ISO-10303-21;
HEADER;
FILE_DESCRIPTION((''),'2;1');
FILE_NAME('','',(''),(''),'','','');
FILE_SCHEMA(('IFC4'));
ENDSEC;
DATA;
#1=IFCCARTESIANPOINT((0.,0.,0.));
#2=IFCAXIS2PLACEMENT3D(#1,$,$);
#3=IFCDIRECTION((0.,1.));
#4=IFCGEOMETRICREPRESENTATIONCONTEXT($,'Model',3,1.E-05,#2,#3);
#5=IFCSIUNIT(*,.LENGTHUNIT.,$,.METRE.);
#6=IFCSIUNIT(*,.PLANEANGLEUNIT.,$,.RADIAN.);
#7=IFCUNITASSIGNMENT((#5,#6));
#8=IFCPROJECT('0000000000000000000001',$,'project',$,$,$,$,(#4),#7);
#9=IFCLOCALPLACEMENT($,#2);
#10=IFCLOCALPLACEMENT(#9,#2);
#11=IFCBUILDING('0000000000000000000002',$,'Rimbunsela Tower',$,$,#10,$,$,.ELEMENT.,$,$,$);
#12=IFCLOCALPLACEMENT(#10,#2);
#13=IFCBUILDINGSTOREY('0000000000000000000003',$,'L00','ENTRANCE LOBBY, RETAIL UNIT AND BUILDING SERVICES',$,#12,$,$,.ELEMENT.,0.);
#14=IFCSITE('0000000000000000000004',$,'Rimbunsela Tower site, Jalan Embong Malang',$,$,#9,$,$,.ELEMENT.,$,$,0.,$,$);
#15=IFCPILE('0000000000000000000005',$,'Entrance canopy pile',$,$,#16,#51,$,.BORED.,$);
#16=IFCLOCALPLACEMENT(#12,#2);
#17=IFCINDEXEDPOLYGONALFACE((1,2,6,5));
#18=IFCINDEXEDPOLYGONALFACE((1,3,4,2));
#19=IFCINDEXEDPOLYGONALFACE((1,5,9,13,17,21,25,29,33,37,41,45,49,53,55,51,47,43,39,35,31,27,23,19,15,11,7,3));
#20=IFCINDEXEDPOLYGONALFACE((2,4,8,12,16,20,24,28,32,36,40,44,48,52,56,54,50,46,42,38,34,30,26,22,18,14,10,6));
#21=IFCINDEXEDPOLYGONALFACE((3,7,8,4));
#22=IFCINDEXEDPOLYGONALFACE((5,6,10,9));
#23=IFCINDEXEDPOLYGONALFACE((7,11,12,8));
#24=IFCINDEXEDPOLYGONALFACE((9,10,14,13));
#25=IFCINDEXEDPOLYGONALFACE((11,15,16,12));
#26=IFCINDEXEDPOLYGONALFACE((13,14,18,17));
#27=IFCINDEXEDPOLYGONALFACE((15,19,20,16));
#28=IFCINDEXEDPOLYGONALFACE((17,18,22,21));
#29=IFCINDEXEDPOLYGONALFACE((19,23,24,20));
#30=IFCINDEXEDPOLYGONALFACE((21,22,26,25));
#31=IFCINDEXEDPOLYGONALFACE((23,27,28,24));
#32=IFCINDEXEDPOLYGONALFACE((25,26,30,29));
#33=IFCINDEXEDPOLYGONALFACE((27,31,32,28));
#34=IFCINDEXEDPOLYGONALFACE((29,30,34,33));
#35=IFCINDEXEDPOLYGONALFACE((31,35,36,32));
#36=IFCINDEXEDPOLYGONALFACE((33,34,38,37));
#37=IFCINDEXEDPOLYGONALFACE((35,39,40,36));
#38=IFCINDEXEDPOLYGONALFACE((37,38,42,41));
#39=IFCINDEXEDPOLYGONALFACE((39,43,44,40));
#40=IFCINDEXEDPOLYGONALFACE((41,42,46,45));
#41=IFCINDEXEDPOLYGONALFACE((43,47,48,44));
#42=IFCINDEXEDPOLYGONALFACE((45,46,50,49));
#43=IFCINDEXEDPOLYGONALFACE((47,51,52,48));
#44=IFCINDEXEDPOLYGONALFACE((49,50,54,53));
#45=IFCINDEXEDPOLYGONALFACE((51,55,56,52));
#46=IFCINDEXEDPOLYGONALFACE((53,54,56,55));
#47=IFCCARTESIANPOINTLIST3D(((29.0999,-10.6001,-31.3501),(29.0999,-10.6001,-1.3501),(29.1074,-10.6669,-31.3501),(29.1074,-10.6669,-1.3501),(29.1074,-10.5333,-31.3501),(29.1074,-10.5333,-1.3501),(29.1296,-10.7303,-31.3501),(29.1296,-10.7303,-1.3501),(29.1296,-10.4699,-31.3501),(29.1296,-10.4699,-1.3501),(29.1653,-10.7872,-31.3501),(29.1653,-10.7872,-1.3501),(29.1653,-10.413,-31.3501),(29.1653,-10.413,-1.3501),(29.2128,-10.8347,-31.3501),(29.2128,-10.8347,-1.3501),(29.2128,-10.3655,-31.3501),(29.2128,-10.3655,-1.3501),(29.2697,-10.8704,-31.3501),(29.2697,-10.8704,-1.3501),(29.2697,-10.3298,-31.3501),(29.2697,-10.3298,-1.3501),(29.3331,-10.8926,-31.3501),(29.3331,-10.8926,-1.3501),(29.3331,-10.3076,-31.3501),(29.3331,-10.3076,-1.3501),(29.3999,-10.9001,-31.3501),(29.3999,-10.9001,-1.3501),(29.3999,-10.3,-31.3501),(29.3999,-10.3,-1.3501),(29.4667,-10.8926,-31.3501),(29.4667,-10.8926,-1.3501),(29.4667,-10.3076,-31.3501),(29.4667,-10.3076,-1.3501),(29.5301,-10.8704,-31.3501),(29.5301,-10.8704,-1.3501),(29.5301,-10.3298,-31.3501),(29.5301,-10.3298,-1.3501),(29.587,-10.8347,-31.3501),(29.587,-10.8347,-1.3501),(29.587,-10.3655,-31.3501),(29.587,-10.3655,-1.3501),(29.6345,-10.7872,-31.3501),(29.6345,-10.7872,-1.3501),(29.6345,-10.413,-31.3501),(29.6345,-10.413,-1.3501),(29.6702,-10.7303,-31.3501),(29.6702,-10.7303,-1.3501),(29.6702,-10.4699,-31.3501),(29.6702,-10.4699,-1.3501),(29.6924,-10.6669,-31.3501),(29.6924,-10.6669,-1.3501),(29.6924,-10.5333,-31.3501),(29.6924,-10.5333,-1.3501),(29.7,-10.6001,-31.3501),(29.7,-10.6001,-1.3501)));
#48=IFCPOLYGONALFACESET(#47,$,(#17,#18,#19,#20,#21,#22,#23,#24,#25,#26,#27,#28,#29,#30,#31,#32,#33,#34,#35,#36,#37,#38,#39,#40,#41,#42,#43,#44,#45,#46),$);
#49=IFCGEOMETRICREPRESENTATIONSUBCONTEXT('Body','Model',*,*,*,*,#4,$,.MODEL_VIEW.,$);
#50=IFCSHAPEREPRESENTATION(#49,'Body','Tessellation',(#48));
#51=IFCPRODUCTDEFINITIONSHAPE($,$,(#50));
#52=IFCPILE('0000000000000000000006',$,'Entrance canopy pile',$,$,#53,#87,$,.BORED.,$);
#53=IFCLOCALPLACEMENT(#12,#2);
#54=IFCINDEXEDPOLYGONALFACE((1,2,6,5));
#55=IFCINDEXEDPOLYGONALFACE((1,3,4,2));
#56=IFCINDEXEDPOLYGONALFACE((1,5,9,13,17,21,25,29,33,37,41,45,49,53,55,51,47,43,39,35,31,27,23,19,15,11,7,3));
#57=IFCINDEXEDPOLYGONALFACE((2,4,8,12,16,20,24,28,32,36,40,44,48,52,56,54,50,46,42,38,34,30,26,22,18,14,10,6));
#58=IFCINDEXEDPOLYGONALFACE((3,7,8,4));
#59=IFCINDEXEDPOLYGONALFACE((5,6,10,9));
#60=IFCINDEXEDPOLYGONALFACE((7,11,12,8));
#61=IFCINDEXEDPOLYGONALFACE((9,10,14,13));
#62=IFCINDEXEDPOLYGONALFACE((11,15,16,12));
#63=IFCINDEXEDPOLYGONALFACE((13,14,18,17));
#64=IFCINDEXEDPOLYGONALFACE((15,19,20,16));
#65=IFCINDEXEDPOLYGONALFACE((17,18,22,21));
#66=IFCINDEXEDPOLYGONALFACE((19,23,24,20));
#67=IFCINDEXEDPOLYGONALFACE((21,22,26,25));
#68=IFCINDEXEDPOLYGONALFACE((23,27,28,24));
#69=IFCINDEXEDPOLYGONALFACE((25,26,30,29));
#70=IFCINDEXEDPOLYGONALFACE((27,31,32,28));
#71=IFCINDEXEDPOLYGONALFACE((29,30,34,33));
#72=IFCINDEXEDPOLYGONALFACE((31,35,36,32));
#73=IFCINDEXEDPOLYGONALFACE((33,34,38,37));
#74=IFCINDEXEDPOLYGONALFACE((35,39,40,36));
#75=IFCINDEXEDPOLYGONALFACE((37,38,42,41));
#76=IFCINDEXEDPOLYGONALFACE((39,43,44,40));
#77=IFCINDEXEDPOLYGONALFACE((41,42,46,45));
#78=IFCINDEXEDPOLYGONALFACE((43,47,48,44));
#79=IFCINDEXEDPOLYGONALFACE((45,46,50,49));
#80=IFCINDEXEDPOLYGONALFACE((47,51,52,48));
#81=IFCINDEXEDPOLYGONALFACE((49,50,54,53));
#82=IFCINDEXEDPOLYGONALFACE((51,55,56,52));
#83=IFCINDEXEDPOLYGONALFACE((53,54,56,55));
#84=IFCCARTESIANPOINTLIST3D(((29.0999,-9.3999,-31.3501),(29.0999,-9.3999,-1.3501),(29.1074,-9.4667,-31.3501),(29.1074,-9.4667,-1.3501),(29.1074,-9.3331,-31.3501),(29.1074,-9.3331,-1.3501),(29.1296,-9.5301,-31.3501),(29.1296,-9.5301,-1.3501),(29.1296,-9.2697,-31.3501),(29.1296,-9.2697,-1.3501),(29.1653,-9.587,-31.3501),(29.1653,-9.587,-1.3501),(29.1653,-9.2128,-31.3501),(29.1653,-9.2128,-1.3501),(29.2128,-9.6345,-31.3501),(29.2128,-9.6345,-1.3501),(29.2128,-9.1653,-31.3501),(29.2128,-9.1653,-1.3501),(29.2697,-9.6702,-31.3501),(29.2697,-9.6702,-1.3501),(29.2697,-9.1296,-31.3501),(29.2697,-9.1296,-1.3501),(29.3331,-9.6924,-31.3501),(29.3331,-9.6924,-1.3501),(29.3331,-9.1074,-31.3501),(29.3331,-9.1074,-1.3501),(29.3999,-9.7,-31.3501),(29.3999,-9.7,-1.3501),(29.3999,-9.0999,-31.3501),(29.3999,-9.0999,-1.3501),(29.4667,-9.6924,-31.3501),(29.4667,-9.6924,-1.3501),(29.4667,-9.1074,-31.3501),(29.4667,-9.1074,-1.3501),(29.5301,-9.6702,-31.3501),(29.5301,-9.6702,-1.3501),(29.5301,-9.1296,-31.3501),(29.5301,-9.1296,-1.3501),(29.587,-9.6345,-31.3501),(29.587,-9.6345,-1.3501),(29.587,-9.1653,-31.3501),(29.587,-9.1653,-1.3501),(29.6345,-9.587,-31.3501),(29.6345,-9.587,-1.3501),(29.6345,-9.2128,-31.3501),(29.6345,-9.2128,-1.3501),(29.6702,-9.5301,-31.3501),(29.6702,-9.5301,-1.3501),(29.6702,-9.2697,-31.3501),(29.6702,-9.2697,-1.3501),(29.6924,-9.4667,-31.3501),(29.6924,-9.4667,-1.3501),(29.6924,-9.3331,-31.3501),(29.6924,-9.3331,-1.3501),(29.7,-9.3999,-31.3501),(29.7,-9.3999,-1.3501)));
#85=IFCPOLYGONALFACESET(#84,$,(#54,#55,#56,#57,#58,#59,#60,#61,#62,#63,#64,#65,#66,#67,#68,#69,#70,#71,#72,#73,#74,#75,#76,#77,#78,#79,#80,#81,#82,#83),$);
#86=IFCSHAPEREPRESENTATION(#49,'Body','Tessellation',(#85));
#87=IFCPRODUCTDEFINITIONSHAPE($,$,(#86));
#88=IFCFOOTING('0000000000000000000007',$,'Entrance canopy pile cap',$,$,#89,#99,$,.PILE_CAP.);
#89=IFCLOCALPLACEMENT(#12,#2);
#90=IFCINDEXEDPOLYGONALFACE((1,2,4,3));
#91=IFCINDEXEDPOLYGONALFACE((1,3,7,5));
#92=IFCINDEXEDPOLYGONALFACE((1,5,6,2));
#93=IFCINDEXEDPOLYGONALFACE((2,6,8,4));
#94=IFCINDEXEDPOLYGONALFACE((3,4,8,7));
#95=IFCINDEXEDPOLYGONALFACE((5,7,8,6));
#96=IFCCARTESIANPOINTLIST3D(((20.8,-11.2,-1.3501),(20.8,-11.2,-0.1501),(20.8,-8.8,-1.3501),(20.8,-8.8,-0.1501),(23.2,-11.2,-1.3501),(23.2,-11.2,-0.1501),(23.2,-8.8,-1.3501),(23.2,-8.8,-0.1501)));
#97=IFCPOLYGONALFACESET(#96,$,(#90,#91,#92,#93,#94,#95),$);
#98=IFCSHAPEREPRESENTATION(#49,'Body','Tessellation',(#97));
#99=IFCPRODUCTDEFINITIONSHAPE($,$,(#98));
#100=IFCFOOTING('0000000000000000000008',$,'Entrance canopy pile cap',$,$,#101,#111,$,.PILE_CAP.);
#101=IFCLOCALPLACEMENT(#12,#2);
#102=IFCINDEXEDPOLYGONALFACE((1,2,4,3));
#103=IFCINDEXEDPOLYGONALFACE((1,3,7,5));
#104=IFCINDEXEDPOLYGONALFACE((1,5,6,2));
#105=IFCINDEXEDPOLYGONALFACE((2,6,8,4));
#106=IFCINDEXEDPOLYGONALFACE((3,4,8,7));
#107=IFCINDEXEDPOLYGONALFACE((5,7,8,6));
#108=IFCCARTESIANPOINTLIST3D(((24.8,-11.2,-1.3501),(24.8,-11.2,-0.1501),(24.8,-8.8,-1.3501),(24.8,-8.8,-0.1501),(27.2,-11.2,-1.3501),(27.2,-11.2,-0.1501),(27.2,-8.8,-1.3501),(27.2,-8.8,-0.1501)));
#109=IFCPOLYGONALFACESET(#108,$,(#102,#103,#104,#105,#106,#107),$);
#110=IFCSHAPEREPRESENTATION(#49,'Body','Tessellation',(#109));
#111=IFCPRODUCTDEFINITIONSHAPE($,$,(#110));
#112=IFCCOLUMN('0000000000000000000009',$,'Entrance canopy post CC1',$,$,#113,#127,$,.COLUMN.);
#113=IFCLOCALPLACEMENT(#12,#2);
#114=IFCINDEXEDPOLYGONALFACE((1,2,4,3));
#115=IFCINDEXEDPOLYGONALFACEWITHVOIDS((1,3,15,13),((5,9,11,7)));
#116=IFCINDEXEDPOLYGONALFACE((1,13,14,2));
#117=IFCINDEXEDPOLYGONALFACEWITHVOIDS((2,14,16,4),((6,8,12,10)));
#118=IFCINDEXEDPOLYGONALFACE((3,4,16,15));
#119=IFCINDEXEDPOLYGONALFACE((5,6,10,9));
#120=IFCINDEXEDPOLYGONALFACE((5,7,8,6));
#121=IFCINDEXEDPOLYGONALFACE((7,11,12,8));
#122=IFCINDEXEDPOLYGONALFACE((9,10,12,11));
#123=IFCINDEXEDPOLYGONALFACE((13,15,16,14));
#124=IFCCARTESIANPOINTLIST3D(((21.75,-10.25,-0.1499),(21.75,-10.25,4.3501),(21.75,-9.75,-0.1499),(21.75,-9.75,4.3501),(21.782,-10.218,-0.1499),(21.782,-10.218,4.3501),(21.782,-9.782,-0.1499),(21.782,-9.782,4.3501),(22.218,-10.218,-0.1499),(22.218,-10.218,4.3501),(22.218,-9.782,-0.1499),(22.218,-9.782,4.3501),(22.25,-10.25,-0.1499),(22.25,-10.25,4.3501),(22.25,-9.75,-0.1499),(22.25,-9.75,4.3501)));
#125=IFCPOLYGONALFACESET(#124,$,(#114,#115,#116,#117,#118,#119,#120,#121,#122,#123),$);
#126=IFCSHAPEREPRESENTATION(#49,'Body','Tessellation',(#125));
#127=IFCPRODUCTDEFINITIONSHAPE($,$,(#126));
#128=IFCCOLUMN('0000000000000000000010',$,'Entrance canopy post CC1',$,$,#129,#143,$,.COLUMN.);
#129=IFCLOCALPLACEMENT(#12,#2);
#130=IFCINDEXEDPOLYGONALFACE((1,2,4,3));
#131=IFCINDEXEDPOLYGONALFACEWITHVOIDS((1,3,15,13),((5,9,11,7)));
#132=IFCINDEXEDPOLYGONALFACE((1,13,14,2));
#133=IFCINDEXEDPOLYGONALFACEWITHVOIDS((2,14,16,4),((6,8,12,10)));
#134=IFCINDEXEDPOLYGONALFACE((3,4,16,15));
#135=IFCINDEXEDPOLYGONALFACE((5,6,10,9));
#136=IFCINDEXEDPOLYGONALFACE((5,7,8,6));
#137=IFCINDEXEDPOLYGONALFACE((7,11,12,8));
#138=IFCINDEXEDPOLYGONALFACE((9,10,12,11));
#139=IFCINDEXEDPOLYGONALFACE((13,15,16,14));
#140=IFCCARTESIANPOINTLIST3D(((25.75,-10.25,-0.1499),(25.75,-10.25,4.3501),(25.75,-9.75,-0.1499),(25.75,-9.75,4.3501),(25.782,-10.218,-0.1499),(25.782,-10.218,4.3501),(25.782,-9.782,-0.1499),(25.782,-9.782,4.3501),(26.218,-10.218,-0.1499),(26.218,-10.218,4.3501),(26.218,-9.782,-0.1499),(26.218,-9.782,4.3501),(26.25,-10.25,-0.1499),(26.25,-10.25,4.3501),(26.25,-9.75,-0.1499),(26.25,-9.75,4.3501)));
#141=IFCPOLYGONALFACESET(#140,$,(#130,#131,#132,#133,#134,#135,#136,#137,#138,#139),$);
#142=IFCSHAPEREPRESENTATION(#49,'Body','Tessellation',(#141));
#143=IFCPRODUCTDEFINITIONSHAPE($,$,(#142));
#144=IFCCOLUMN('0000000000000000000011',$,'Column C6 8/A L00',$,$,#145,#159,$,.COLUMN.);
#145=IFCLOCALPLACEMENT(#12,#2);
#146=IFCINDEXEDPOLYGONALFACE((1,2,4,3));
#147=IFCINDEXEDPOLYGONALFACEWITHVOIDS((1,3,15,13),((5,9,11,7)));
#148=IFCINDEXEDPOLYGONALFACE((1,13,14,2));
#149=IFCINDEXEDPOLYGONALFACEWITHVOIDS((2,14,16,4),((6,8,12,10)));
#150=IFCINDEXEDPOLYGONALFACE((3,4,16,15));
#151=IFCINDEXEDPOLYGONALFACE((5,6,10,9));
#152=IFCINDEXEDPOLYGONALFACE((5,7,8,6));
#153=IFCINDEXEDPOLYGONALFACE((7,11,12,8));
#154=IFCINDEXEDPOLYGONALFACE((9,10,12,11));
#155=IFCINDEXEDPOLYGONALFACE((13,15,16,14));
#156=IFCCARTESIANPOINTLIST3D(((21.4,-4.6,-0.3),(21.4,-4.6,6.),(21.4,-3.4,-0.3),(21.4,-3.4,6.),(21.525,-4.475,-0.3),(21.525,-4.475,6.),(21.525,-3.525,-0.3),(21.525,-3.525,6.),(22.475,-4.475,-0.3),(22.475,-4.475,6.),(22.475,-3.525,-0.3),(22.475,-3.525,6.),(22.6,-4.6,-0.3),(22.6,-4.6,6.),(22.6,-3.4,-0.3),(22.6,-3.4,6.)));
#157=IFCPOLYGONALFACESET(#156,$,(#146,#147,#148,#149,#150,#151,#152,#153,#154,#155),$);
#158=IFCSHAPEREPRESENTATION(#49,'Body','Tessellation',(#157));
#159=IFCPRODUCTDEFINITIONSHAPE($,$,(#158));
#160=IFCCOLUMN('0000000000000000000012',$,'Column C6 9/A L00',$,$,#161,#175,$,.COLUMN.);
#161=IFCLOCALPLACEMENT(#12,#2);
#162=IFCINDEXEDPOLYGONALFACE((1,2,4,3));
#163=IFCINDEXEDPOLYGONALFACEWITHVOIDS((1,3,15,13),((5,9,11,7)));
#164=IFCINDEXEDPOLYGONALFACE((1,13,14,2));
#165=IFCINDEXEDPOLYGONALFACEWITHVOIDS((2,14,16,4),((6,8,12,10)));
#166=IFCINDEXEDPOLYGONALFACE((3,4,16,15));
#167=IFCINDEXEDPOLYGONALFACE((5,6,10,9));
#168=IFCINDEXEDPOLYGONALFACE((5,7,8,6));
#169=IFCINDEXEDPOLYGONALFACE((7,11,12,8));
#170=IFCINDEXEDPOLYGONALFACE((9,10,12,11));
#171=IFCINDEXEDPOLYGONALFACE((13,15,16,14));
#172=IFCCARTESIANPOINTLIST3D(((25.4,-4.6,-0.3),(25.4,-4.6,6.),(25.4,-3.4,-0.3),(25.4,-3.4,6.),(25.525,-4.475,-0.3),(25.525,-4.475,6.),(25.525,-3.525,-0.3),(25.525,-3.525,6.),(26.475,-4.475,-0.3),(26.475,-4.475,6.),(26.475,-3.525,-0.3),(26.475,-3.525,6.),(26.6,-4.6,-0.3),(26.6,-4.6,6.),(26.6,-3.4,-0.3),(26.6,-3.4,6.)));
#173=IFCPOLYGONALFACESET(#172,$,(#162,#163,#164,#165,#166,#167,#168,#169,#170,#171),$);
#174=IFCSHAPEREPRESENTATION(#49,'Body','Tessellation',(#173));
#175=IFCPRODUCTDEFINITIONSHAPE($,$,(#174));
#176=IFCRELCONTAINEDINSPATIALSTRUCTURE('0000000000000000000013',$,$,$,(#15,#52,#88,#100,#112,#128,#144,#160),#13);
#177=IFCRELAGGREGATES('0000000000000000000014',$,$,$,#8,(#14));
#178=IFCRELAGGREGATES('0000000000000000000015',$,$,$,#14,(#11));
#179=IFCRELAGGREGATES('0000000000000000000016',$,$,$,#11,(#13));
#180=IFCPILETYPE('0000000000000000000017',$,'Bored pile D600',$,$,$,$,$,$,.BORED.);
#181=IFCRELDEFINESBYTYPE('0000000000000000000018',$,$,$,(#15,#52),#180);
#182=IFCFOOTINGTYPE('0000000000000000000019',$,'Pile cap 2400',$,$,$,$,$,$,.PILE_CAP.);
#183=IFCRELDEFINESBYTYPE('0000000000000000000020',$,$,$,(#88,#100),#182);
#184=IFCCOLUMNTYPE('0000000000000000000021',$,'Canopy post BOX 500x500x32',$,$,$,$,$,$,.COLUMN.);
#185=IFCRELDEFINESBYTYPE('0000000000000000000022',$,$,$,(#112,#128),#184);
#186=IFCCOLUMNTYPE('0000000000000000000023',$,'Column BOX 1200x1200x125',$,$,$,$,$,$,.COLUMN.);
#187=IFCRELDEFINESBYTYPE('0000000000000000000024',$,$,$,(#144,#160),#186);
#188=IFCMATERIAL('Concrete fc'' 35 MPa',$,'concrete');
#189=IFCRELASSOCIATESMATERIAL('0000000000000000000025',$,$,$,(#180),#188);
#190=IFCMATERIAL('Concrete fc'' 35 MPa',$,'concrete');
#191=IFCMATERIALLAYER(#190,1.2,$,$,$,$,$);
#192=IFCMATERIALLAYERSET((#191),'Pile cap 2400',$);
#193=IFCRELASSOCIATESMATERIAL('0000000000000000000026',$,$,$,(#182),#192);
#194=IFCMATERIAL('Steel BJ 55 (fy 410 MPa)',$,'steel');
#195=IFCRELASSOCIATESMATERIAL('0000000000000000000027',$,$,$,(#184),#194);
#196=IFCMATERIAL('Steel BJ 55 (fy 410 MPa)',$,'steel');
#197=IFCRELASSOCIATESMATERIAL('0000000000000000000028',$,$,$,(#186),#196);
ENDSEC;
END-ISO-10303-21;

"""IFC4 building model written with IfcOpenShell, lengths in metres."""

from ifc_helpers import new_model, si_unit, direction, frame, origin, origin_2d, place, context, subcontext, project, spatial, rectangle, hollow_rectangle, circle, extrude, material, layer, layer_set, material_profile, profile_set, type_object, element, save


model = new_model("IFC4")

# Units and contexts
model_context = context("Model", 3, precision=1e-05, world=origin(), true_north=direction((0.0, 1.0)))
body_context = subcontext(model_context, "Body", "Model", "MODEL_VIEW")
ifc_project = project(units=[si_unit("LENGTHUNIT", "METRE"), si_unit("PLANEANGLEUNIT", "RADIAN")], contexts=[model_context])

# Site, building, storey
site_placement = place(None, origin())
site = spatial("IfcSite", under=ifc_project, at=site_placement, Name="Rimbunsela Tower site, Jalan Embong Malang", CompositionType="ELEMENT", RefElevation=0.0)
building_placement = place(site_placement, origin())
building = spatial("IfcBuilding", under=site, at=building_placement, Name="Rimbunsela Tower", CompositionType="ELEMENT")
storey_placement = place(building_placement, origin())
storey = spatial("IfcBuildingStorey", under=building, at=storey_placement, Name="L00", Description="ENTRANCE LOBBY, RETAIL UNIT AND BUILDING SERVICES", CompositionType="ELEMENT", Elevation=0.0)

# Piles
ifc_material_1 = material(Name="Concrete fc' 35 MPa", Category="concrete")
ifc_material_profile_1 = material_profile(ifc_material_1, circle(Radius=0.3, at=origin_2d()), Name="BP D600")
ifc_profile_set_1 = profile_set([ifc_material_profile_1], Name="Concrete fc' 35 MPa")
pile_type = type_object("IfcPileType", Name="Bored pile D600", PredefinedType="BORED", material=ifc_profile_set_1)
for number, where, z_axis, x_axis, name in (
    (1, (29.3999, -10.6001, -1.3501), (0.0, 0.0, -1.0), (1.0, 0.0, 0.0), "Entrance canopy pile"),
    (2, (29.3999, -9.3999, -1.3501), (0.0, 0.0, -1.0), (1.0, 0.0, 0.0), "Entrance canopy pile"),
):
    element("IfcPile", number, at=place(storey_placement, frame(where, z_axis=z_axis, x_axis=x_axis)), inside=storey, type_object=pile_type, Name=name, PredefinedType="BORED", context=body_context, shape_type="SweptSolid", body=[
        extrude(circle(Radius=0.3, at=origin_2d()), origin(), (0.0, 0.0, 1.0), 30.0),
    ])

# Footings
ifc_material_2 = material(Name="Concrete fc' 35 MPa", Category="concrete")
ifc_layer_1 = layer(ifc_material_2, 1.2)
ifc_layer_set_1 = layer_set([ifc_layer_1], Name="Pile cap 2400")
footing_type = type_object("IfcFootingType", Name="Pile cap 2400", PredefinedType="PILE_CAP", material=ifc_layer_set_1)
for number, where, z_axis, x_axis, name in (
    (3, (22.0, -10.0, -1.3501), (0.0, 0.0, 1.0), (1.0, 0.0, 0.0), "Entrance canopy pile cap"),
    (4, (26.0, -10.0, -1.3501), (0.0, 0.0, 1.0), (1.0, 0.0, 0.0), "Entrance canopy pile cap"),
):
    element("IfcFooting", number, at=place(storey_placement, frame(where, z_axis=z_axis, x_axis=x_axis)), inside=storey, type_object=footing_type, Name=name, PredefinedType="PILE_CAP", context=body_context, shape_type="SweptSolid", body=[
        extrude(rectangle(XDim=2.3999, YDim=2.3999, at=origin_2d()), origin(), (0.0, 0.0, 1.0), 1.2),
    ])

# Columns
ifc_material_3 = material(Name="Steel BJ 55 (fy 410 MPa)", Category="steel")
ifc_material_profile_2 = material_profile(ifc_material_3, hollow_rectangle(XDim=0.5, YDim=0.5, WallThickness=0.032, at=origin_2d()), Name="BOX 500x500x32")
ifc_profile_set_2 = profile_set([ifc_material_profile_2], Name="Steel BJ 55 (fy 410 MPa)")
column_type_1 = type_object("IfcColumnType", Name="Canopy post BOX 500x500x32", PredefinedType="COLUMN", material=ifc_profile_set_2)
for number, where, z_axis, x_axis, name in (
    (5, (22.0, -10.0, -0.1499), (0.0, 0.0, 1.0), (1.0, 0.0, 0.0), "Entrance canopy post CC1"),
    (6, (26.0, -10.0, -0.1499), (0.0, 0.0, 1.0), (1.0, 0.0, 0.0), "Entrance canopy post CC1"),
):
    element("IfcColumn", number, at=place(storey_placement, frame(where, z_axis=z_axis, x_axis=x_axis)), inside=storey, type_object=column_type_1, Name=name, PredefinedType="COLUMN", context=body_context, shape_type="SweptSolid", body=[
        extrude(hollow_rectangle(XDim=0.5, YDim=0.5, WallThickness=0.032, at=origin_2d()), origin(), (0.0, 0.0, 1.0), 4.5),
    ])
ifc_material_4 = material(Name="Steel BJ 55 (fy 410 MPa)", Category="steel")
ifc_material_profile_3 = material_profile(ifc_material_4, hollow_rectangle(XDim=1.2, YDim=1.2, WallThickness=0.125, at=origin_2d()), Name="BOX 1200x1200x125")
ifc_profile_set_3 = profile_set([ifc_material_profile_3], Name="Steel BJ 55 (fy 410 MPa)")
column_type_2 = type_object("IfcColumnType", Name="Column BOX 1200x1200x125", PredefinedType="COLUMN", material=ifc_profile_set_3)
for number, where, z_axis, x_axis, name in (
    (7, (22.0, -4.0, -0.3), (0.0, 0.0, 1.0), (1.0, 0.0, 0.0), "Column C6 8/A L00"),
    (8, (26.0, -4.0, -0.3), (0.0, 0.0, 1.0), (1.0, 0.0, 0.0), "Column C6 9/A L00"),
):
    element("IfcColumn", number, at=place(storey_placement, frame(where, z_axis=z_axis, x_axis=x_axis)), inside=storey, type_object=column_type_2, Name=name, PredefinedType="COLUMN", context=body_context, shape_type="SweptSolid", body=[
        extrude(hollow_rectangle(XDim=1.2, YDim=1.2, WallThickness=0.125, at=origin_2d()), origin(), (0.0, 0.0, 1.0), 6.3),
    ])

save(model, "model.ifc")
